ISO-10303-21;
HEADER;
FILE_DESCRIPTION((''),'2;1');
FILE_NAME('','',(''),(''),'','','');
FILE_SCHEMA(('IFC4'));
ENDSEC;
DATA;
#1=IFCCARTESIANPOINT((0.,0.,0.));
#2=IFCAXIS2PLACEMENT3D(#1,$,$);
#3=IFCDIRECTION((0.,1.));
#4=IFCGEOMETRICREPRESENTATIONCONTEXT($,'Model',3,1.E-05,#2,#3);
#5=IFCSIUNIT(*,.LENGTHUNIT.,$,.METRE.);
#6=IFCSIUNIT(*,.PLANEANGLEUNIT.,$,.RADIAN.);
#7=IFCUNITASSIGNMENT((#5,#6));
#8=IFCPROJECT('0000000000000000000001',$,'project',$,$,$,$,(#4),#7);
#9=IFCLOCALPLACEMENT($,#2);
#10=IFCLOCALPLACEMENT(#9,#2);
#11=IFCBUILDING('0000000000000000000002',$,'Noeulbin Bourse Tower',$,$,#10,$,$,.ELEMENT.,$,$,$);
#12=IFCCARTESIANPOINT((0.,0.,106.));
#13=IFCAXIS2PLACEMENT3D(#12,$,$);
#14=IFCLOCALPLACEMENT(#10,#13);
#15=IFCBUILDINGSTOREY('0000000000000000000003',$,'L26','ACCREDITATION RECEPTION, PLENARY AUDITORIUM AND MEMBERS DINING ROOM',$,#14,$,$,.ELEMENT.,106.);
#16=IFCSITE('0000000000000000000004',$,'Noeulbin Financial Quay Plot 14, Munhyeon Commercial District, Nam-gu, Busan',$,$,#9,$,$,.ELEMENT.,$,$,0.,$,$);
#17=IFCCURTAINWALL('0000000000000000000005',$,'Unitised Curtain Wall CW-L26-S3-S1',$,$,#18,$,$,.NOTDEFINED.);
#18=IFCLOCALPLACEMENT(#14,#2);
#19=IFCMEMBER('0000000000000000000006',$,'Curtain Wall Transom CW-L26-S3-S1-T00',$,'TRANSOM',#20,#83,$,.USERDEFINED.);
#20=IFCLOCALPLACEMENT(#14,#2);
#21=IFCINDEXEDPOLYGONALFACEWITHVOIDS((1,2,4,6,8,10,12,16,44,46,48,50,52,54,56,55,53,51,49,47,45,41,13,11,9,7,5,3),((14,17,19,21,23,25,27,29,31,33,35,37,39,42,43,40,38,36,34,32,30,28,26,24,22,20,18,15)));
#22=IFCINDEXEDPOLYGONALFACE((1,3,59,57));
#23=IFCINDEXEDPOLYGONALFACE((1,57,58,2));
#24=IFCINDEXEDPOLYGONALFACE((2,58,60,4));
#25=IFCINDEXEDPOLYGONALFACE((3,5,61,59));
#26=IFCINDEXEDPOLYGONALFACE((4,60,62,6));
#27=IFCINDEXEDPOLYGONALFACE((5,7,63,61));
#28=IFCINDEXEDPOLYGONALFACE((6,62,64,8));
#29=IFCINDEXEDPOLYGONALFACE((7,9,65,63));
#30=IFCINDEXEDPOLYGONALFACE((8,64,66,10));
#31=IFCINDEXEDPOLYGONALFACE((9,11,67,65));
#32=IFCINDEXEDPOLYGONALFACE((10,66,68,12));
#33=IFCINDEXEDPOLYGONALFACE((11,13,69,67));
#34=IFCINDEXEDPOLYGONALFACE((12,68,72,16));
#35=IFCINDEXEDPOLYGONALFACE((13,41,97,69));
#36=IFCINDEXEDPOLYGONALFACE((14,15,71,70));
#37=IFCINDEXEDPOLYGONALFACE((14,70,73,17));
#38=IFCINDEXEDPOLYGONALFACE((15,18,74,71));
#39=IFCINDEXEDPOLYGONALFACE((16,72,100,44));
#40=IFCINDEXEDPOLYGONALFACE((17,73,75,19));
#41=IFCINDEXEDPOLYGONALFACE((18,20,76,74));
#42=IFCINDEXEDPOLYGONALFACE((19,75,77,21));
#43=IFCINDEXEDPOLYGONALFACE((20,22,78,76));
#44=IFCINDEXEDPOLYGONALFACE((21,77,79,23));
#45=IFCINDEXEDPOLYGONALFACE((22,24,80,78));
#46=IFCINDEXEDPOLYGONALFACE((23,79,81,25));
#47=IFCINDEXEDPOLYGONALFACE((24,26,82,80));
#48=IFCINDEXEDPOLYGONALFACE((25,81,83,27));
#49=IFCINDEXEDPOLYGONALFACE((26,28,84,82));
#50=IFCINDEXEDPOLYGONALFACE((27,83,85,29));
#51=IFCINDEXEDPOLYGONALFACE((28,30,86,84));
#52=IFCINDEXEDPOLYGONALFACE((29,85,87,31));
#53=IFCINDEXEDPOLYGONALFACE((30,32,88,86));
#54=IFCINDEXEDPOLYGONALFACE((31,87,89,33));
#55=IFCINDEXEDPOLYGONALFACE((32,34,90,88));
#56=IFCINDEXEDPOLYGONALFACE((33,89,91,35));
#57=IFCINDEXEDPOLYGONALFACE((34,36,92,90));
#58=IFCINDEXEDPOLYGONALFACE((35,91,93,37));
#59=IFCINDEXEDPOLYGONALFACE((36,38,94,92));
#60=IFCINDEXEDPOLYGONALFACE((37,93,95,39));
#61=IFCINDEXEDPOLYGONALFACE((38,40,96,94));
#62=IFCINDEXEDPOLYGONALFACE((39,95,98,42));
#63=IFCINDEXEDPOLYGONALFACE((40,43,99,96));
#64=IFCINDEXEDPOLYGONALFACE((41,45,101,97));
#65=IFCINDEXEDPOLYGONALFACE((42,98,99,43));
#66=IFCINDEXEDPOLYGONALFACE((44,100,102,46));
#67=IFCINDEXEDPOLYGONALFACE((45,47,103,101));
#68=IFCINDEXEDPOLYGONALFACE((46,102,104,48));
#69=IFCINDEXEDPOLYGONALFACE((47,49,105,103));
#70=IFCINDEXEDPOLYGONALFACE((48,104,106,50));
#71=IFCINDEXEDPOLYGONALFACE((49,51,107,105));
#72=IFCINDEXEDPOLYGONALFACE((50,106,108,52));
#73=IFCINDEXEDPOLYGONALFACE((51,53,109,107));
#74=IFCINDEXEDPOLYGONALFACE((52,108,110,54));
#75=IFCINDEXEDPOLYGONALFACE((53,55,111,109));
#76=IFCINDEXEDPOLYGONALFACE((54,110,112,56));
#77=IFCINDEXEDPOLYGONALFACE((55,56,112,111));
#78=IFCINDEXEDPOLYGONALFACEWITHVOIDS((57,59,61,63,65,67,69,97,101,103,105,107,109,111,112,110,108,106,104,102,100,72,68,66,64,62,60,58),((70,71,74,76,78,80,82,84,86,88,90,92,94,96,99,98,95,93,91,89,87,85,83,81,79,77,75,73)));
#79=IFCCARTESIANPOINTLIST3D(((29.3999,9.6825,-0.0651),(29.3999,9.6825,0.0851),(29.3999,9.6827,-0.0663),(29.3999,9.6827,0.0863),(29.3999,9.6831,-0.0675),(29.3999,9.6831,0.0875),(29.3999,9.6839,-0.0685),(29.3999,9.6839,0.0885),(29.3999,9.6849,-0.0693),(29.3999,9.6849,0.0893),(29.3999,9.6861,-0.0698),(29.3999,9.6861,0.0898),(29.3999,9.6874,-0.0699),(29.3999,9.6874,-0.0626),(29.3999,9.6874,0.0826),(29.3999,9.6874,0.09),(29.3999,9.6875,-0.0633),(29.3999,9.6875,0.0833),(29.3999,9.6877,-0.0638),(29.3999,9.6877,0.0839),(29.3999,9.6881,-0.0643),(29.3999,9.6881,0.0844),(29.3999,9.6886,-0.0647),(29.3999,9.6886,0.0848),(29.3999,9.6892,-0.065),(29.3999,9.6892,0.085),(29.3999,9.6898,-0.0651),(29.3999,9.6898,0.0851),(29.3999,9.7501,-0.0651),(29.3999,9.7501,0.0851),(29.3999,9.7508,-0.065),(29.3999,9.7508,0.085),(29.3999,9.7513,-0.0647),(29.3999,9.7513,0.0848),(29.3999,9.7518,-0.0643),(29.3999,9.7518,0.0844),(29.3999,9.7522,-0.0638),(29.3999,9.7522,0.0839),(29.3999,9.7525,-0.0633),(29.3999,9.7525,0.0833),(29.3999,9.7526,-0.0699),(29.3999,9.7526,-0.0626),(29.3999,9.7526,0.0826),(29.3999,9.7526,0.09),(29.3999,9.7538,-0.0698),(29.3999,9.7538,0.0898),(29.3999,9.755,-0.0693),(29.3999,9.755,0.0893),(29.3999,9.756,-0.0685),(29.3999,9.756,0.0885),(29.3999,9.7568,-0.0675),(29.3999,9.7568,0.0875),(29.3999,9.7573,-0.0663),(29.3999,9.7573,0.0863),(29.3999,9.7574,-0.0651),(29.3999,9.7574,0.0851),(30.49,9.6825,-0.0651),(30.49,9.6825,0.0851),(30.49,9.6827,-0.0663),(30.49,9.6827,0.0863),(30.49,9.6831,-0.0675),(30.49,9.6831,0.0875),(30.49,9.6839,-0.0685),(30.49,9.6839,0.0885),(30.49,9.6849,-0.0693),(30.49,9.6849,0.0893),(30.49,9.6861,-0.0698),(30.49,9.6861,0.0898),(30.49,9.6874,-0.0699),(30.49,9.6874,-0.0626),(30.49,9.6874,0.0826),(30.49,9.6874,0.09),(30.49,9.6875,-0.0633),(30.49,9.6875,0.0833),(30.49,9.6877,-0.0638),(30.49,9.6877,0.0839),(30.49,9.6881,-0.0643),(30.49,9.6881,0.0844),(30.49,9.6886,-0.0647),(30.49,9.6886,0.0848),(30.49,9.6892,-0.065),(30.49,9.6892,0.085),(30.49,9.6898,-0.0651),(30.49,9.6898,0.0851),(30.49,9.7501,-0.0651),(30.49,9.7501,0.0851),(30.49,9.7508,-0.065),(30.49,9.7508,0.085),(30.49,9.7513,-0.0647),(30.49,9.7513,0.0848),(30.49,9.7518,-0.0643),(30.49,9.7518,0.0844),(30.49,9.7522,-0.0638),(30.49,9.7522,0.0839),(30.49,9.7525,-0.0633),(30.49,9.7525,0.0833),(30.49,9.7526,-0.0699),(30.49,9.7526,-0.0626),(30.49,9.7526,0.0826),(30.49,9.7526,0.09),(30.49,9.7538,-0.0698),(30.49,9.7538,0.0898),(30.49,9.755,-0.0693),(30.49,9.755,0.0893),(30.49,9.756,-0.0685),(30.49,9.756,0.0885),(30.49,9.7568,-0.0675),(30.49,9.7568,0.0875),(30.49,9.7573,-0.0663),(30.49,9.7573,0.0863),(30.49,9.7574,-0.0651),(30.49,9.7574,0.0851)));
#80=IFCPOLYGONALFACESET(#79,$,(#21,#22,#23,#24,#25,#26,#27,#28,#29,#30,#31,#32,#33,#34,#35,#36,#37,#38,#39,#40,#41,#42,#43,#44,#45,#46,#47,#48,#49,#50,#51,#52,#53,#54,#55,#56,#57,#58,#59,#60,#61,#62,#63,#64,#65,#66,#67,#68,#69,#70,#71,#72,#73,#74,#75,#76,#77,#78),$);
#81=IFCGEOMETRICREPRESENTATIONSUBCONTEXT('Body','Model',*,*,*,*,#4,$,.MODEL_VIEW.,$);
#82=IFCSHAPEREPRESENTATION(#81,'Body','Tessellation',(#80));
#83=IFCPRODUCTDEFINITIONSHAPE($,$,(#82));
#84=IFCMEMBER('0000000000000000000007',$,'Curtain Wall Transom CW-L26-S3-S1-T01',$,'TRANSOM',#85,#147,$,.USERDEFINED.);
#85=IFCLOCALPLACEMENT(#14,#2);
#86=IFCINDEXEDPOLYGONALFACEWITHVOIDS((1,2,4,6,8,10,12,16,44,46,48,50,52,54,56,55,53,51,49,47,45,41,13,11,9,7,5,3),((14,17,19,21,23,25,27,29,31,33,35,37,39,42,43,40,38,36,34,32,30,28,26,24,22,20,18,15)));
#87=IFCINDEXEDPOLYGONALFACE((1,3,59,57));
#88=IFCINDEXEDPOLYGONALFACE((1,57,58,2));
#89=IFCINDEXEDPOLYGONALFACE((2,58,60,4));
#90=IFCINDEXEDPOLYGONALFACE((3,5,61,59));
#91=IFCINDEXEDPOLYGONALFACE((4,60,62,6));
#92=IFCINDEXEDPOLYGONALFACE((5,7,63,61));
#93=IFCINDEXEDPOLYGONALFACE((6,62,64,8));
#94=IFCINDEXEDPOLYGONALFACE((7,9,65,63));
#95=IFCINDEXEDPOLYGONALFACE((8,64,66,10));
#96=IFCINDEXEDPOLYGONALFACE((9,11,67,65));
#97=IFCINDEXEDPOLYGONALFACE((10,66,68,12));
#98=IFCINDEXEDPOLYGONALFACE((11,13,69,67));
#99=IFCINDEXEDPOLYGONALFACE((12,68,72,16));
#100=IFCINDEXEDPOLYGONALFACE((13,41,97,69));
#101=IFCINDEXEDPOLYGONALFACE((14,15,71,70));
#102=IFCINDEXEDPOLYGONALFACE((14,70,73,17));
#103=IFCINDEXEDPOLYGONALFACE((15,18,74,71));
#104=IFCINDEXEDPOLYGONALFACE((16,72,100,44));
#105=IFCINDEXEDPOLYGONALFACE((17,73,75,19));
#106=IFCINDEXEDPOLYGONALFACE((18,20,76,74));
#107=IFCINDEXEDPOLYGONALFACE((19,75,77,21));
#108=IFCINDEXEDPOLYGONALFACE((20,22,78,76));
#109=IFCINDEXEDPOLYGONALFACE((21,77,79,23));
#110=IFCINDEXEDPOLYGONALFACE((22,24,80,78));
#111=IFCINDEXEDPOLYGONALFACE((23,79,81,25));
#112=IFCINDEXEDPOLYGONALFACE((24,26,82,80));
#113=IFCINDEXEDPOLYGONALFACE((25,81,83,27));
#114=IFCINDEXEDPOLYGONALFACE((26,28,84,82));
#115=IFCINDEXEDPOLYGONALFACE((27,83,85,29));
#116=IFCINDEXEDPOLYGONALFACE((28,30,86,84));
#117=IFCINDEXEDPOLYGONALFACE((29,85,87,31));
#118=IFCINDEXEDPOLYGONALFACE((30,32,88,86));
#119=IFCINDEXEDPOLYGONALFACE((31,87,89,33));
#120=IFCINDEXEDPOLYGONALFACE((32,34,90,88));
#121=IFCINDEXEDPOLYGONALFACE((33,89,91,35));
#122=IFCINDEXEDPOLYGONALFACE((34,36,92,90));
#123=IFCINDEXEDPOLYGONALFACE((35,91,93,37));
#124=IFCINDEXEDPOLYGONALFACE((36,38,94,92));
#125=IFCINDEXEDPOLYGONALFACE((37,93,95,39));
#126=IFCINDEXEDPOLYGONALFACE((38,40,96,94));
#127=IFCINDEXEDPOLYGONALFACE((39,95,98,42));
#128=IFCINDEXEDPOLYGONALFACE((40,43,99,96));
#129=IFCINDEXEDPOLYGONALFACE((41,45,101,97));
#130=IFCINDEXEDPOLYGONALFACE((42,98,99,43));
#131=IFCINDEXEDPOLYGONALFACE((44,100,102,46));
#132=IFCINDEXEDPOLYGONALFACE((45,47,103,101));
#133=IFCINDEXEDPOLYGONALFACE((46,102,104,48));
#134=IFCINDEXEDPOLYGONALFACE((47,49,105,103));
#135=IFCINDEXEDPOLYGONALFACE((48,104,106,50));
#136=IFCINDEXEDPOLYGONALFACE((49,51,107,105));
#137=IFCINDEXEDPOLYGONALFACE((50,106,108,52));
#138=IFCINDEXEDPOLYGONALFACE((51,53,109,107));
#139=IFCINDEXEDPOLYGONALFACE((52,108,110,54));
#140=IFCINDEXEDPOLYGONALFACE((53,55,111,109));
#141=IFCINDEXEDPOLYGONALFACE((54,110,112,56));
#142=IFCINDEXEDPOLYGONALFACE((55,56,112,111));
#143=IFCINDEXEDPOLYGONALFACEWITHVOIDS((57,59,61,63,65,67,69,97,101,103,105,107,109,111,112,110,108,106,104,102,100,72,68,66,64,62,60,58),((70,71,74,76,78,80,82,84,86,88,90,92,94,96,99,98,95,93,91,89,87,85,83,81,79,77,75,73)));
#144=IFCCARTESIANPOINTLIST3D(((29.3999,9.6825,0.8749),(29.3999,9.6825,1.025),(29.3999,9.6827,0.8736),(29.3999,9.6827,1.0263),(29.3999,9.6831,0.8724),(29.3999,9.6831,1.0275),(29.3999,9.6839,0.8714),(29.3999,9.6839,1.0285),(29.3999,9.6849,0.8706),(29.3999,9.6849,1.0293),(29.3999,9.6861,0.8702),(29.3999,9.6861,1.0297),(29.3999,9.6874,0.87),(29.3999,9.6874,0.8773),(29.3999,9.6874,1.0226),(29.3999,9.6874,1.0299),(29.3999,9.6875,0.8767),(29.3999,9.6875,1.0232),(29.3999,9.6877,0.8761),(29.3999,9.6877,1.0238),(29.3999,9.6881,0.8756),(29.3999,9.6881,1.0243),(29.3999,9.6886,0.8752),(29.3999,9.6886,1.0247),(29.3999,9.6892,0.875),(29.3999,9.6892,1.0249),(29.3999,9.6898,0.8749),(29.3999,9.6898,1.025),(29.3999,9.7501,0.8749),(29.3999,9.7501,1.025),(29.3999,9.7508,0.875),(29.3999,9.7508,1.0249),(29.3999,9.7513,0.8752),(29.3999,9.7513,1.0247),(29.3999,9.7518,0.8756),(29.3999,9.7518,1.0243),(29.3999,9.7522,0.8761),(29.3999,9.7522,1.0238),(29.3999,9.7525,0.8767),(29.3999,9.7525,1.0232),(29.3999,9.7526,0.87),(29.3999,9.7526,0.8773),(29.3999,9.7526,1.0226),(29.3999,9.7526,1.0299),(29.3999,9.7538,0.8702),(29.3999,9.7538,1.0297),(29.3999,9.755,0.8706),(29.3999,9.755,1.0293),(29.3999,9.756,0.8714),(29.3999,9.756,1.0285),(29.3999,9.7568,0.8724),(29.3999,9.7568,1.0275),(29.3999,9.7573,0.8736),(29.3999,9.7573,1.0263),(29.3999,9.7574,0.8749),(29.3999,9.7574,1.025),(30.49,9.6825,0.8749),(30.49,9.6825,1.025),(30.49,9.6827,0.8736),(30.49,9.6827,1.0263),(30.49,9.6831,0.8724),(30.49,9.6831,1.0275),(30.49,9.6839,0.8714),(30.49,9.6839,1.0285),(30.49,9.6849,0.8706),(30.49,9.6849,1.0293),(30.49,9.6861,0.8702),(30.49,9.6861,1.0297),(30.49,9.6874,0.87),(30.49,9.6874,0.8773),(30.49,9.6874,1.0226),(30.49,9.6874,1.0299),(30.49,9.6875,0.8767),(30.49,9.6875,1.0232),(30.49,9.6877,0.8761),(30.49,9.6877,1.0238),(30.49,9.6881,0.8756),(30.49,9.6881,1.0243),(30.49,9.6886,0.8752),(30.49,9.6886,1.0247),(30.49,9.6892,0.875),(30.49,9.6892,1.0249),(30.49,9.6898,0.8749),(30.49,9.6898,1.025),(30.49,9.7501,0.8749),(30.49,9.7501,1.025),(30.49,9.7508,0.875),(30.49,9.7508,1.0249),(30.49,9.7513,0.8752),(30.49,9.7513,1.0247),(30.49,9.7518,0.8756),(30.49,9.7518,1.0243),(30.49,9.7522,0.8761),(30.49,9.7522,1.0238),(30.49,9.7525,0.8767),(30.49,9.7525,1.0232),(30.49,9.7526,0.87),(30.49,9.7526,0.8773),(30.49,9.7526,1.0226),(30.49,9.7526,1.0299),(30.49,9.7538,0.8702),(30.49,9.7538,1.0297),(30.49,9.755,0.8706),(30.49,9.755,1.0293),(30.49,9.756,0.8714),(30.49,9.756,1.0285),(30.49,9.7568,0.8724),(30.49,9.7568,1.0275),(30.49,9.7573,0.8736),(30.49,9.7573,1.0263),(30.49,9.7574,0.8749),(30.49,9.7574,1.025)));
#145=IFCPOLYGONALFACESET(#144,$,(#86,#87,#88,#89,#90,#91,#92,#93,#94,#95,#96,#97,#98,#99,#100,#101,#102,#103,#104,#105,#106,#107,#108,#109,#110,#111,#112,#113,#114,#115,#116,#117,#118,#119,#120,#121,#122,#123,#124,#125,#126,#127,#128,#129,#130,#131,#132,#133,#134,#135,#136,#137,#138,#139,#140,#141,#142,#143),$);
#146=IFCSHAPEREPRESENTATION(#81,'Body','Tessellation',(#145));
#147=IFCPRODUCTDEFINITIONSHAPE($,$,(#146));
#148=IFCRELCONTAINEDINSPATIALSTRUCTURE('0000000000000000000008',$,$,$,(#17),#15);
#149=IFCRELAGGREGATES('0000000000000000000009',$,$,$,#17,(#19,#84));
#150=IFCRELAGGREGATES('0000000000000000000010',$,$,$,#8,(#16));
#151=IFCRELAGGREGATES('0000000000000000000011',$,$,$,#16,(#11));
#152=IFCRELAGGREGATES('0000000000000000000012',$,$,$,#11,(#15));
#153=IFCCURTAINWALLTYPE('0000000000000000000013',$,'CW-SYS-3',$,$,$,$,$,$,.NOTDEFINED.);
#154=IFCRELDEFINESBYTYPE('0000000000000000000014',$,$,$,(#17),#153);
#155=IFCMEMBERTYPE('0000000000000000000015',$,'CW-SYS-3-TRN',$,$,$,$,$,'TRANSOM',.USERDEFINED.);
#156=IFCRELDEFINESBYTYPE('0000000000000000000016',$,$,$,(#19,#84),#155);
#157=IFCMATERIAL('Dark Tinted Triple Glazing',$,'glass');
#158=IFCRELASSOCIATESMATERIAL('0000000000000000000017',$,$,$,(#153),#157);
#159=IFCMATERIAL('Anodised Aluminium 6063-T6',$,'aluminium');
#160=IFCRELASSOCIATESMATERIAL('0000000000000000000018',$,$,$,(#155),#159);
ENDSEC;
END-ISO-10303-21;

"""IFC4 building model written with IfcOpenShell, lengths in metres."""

from ifc_helpers import new_model, si_unit, direction, frame, origin, origin_2d, place, context, subcontext, project, spatial, hollow_rectangle, extrude, material, material_profile, profile_set, type_object, element, aggregate, save


model = new_model("IFC4")

# Units and contexts
model_context = context("Model", 3, precision=1e-05, world=origin(), true_north=direction((0.0, 1.0)))
body_context = subcontext(model_context, "Body", "Model", "MODEL_VIEW")
ifc_project = project(units=[si_unit("LENGTHUNIT", "METRE"), si_unit("PLANEANGLEUNIT", "RADIAN")], contexts=[model_context])

# Site, building, storey
site_placement = place(None, origin())
site = spatial("IfcSite", under=ifc_project, at=site_placement, Name="Noeulbin Financial Quay Plot 14, Munhyeon Commercial District, Nam-gu, Busan", CompositionType="ELEMENT", RefElevation=0.0)
building_placement = place(site_placement, origin())
building = spatial("IfcBuilding", under=site, at=building_placement, Name="Noeulbin Bourse Tower", CompositionType="ELEMENT")
storey_placement = place(building_placement, frame((0.0, 0.0, 106.0)))
storey = spatial("IfcBuildingStorey", under=building, at=storey_placement, Name="L26", Description="ACCREDITATION RECEPTION, PLENARY AUDITORIUM AND MEMBERS DINING ROOM", CompositionType="ELEMENT", Elevation=106.0)

# Curtain wall
ifc_material_1 = material(Name="Dark Tinted Triple Glazing", Category="glass")
curtain_wall_type = type_object("IfcCurtainWallType", Name="CW-SYS-3", PredefinedType="NOTDEFINED", material=ifc_material_1)
curtain_wall_1_placement = place(storey_placement, origin())
curtain_wall_1 = element("IfcCurtainWall", 1, at=curtain_wall_1_placement, inside=storey, type_object=curtain_wall_type, Name="Unitised Curtain Wall CW-L26-S3-S1", PredefinedType="NOTDEFINED")
ifc_material_2 = material(Name="Anodised Aluminium 6063-T6", Category="aluminium")

# Members
ifc_material_profile_1 = material_profile(ifc_material_2, hollow_rectangle(XDim=0.075, YDim=0.1599, WallThickness=0.0049, InnerFilletRadius=0.0024, OuterFilletRadius=0.0049, at=origin_2d()), Name="ALU-TRAN-75x160x5", Category="LoadBearing")
ifc_profile_set_1 = profile_set([ifc_material_profile_1], Name="Anodised Aluminium 6063-T6")
member_type_1 = type_object("IfcMemberType", Name="CW-SYS-3-TRN", ElementType="TRANSOM", PredefinedType="USERDEFINED", material=ifc_profile_set_1)
member_1_placement = place(storey_placement, frame((29.3999, 9.72, 0.01), z_axis=(1.0, 0.0, 0.0), x_axis=(0.0, 1.0, 0.0)))
member_1 = element("IfcMember", 2, at=member_1_placement, type_object=member_type_1, Name="Curtain Wall Transom CW-L26-S3-S1-T00", ObjectType="TRANSOM", PredefinedType="USERDEFINED", context=body_context, shape_type="SweptSolid", body=[
    extrude(hollow_rectangle(XDim=0.075, YDim=0.1599, WallThickness=0.0049, InnerFilletRadius=0.0024, OuterFilletRadius=0.0049, at=origin_2d()), origin(), (0.0, 0.0, 1.0), 1.0901),
])
member_2_placement = place(storey_placement, frame((29.3999, 9.72, 0.95), z_axis=(1.0, 0.0, 0.0), x_axis=(0.0, 1.0, 0.0)))
member_2 = element("IfcMember", 3, at=member_2_placement, type_object=member_type_1, Name="Curtain Wall Transom CW-L26-S3-S1-T01", ObjectType="TRANSOM", PredefinedType="USERDEFINED", context=body_context, shape_type="SweptSolid", body=[
    extrude(hollow_rectangle(XDim=0.075, YDim=0.1599, WallThickness=0.0049, InnerFilletRadius=0.0024, OuterFilletRadius=0.0049, at=origin_2d()), origin(), (0.0, 0.0, 1.0), 1.0901),
])

aggregate(curtain_wall_1, [member_1, member_2])

save(model, "model.ifc")
